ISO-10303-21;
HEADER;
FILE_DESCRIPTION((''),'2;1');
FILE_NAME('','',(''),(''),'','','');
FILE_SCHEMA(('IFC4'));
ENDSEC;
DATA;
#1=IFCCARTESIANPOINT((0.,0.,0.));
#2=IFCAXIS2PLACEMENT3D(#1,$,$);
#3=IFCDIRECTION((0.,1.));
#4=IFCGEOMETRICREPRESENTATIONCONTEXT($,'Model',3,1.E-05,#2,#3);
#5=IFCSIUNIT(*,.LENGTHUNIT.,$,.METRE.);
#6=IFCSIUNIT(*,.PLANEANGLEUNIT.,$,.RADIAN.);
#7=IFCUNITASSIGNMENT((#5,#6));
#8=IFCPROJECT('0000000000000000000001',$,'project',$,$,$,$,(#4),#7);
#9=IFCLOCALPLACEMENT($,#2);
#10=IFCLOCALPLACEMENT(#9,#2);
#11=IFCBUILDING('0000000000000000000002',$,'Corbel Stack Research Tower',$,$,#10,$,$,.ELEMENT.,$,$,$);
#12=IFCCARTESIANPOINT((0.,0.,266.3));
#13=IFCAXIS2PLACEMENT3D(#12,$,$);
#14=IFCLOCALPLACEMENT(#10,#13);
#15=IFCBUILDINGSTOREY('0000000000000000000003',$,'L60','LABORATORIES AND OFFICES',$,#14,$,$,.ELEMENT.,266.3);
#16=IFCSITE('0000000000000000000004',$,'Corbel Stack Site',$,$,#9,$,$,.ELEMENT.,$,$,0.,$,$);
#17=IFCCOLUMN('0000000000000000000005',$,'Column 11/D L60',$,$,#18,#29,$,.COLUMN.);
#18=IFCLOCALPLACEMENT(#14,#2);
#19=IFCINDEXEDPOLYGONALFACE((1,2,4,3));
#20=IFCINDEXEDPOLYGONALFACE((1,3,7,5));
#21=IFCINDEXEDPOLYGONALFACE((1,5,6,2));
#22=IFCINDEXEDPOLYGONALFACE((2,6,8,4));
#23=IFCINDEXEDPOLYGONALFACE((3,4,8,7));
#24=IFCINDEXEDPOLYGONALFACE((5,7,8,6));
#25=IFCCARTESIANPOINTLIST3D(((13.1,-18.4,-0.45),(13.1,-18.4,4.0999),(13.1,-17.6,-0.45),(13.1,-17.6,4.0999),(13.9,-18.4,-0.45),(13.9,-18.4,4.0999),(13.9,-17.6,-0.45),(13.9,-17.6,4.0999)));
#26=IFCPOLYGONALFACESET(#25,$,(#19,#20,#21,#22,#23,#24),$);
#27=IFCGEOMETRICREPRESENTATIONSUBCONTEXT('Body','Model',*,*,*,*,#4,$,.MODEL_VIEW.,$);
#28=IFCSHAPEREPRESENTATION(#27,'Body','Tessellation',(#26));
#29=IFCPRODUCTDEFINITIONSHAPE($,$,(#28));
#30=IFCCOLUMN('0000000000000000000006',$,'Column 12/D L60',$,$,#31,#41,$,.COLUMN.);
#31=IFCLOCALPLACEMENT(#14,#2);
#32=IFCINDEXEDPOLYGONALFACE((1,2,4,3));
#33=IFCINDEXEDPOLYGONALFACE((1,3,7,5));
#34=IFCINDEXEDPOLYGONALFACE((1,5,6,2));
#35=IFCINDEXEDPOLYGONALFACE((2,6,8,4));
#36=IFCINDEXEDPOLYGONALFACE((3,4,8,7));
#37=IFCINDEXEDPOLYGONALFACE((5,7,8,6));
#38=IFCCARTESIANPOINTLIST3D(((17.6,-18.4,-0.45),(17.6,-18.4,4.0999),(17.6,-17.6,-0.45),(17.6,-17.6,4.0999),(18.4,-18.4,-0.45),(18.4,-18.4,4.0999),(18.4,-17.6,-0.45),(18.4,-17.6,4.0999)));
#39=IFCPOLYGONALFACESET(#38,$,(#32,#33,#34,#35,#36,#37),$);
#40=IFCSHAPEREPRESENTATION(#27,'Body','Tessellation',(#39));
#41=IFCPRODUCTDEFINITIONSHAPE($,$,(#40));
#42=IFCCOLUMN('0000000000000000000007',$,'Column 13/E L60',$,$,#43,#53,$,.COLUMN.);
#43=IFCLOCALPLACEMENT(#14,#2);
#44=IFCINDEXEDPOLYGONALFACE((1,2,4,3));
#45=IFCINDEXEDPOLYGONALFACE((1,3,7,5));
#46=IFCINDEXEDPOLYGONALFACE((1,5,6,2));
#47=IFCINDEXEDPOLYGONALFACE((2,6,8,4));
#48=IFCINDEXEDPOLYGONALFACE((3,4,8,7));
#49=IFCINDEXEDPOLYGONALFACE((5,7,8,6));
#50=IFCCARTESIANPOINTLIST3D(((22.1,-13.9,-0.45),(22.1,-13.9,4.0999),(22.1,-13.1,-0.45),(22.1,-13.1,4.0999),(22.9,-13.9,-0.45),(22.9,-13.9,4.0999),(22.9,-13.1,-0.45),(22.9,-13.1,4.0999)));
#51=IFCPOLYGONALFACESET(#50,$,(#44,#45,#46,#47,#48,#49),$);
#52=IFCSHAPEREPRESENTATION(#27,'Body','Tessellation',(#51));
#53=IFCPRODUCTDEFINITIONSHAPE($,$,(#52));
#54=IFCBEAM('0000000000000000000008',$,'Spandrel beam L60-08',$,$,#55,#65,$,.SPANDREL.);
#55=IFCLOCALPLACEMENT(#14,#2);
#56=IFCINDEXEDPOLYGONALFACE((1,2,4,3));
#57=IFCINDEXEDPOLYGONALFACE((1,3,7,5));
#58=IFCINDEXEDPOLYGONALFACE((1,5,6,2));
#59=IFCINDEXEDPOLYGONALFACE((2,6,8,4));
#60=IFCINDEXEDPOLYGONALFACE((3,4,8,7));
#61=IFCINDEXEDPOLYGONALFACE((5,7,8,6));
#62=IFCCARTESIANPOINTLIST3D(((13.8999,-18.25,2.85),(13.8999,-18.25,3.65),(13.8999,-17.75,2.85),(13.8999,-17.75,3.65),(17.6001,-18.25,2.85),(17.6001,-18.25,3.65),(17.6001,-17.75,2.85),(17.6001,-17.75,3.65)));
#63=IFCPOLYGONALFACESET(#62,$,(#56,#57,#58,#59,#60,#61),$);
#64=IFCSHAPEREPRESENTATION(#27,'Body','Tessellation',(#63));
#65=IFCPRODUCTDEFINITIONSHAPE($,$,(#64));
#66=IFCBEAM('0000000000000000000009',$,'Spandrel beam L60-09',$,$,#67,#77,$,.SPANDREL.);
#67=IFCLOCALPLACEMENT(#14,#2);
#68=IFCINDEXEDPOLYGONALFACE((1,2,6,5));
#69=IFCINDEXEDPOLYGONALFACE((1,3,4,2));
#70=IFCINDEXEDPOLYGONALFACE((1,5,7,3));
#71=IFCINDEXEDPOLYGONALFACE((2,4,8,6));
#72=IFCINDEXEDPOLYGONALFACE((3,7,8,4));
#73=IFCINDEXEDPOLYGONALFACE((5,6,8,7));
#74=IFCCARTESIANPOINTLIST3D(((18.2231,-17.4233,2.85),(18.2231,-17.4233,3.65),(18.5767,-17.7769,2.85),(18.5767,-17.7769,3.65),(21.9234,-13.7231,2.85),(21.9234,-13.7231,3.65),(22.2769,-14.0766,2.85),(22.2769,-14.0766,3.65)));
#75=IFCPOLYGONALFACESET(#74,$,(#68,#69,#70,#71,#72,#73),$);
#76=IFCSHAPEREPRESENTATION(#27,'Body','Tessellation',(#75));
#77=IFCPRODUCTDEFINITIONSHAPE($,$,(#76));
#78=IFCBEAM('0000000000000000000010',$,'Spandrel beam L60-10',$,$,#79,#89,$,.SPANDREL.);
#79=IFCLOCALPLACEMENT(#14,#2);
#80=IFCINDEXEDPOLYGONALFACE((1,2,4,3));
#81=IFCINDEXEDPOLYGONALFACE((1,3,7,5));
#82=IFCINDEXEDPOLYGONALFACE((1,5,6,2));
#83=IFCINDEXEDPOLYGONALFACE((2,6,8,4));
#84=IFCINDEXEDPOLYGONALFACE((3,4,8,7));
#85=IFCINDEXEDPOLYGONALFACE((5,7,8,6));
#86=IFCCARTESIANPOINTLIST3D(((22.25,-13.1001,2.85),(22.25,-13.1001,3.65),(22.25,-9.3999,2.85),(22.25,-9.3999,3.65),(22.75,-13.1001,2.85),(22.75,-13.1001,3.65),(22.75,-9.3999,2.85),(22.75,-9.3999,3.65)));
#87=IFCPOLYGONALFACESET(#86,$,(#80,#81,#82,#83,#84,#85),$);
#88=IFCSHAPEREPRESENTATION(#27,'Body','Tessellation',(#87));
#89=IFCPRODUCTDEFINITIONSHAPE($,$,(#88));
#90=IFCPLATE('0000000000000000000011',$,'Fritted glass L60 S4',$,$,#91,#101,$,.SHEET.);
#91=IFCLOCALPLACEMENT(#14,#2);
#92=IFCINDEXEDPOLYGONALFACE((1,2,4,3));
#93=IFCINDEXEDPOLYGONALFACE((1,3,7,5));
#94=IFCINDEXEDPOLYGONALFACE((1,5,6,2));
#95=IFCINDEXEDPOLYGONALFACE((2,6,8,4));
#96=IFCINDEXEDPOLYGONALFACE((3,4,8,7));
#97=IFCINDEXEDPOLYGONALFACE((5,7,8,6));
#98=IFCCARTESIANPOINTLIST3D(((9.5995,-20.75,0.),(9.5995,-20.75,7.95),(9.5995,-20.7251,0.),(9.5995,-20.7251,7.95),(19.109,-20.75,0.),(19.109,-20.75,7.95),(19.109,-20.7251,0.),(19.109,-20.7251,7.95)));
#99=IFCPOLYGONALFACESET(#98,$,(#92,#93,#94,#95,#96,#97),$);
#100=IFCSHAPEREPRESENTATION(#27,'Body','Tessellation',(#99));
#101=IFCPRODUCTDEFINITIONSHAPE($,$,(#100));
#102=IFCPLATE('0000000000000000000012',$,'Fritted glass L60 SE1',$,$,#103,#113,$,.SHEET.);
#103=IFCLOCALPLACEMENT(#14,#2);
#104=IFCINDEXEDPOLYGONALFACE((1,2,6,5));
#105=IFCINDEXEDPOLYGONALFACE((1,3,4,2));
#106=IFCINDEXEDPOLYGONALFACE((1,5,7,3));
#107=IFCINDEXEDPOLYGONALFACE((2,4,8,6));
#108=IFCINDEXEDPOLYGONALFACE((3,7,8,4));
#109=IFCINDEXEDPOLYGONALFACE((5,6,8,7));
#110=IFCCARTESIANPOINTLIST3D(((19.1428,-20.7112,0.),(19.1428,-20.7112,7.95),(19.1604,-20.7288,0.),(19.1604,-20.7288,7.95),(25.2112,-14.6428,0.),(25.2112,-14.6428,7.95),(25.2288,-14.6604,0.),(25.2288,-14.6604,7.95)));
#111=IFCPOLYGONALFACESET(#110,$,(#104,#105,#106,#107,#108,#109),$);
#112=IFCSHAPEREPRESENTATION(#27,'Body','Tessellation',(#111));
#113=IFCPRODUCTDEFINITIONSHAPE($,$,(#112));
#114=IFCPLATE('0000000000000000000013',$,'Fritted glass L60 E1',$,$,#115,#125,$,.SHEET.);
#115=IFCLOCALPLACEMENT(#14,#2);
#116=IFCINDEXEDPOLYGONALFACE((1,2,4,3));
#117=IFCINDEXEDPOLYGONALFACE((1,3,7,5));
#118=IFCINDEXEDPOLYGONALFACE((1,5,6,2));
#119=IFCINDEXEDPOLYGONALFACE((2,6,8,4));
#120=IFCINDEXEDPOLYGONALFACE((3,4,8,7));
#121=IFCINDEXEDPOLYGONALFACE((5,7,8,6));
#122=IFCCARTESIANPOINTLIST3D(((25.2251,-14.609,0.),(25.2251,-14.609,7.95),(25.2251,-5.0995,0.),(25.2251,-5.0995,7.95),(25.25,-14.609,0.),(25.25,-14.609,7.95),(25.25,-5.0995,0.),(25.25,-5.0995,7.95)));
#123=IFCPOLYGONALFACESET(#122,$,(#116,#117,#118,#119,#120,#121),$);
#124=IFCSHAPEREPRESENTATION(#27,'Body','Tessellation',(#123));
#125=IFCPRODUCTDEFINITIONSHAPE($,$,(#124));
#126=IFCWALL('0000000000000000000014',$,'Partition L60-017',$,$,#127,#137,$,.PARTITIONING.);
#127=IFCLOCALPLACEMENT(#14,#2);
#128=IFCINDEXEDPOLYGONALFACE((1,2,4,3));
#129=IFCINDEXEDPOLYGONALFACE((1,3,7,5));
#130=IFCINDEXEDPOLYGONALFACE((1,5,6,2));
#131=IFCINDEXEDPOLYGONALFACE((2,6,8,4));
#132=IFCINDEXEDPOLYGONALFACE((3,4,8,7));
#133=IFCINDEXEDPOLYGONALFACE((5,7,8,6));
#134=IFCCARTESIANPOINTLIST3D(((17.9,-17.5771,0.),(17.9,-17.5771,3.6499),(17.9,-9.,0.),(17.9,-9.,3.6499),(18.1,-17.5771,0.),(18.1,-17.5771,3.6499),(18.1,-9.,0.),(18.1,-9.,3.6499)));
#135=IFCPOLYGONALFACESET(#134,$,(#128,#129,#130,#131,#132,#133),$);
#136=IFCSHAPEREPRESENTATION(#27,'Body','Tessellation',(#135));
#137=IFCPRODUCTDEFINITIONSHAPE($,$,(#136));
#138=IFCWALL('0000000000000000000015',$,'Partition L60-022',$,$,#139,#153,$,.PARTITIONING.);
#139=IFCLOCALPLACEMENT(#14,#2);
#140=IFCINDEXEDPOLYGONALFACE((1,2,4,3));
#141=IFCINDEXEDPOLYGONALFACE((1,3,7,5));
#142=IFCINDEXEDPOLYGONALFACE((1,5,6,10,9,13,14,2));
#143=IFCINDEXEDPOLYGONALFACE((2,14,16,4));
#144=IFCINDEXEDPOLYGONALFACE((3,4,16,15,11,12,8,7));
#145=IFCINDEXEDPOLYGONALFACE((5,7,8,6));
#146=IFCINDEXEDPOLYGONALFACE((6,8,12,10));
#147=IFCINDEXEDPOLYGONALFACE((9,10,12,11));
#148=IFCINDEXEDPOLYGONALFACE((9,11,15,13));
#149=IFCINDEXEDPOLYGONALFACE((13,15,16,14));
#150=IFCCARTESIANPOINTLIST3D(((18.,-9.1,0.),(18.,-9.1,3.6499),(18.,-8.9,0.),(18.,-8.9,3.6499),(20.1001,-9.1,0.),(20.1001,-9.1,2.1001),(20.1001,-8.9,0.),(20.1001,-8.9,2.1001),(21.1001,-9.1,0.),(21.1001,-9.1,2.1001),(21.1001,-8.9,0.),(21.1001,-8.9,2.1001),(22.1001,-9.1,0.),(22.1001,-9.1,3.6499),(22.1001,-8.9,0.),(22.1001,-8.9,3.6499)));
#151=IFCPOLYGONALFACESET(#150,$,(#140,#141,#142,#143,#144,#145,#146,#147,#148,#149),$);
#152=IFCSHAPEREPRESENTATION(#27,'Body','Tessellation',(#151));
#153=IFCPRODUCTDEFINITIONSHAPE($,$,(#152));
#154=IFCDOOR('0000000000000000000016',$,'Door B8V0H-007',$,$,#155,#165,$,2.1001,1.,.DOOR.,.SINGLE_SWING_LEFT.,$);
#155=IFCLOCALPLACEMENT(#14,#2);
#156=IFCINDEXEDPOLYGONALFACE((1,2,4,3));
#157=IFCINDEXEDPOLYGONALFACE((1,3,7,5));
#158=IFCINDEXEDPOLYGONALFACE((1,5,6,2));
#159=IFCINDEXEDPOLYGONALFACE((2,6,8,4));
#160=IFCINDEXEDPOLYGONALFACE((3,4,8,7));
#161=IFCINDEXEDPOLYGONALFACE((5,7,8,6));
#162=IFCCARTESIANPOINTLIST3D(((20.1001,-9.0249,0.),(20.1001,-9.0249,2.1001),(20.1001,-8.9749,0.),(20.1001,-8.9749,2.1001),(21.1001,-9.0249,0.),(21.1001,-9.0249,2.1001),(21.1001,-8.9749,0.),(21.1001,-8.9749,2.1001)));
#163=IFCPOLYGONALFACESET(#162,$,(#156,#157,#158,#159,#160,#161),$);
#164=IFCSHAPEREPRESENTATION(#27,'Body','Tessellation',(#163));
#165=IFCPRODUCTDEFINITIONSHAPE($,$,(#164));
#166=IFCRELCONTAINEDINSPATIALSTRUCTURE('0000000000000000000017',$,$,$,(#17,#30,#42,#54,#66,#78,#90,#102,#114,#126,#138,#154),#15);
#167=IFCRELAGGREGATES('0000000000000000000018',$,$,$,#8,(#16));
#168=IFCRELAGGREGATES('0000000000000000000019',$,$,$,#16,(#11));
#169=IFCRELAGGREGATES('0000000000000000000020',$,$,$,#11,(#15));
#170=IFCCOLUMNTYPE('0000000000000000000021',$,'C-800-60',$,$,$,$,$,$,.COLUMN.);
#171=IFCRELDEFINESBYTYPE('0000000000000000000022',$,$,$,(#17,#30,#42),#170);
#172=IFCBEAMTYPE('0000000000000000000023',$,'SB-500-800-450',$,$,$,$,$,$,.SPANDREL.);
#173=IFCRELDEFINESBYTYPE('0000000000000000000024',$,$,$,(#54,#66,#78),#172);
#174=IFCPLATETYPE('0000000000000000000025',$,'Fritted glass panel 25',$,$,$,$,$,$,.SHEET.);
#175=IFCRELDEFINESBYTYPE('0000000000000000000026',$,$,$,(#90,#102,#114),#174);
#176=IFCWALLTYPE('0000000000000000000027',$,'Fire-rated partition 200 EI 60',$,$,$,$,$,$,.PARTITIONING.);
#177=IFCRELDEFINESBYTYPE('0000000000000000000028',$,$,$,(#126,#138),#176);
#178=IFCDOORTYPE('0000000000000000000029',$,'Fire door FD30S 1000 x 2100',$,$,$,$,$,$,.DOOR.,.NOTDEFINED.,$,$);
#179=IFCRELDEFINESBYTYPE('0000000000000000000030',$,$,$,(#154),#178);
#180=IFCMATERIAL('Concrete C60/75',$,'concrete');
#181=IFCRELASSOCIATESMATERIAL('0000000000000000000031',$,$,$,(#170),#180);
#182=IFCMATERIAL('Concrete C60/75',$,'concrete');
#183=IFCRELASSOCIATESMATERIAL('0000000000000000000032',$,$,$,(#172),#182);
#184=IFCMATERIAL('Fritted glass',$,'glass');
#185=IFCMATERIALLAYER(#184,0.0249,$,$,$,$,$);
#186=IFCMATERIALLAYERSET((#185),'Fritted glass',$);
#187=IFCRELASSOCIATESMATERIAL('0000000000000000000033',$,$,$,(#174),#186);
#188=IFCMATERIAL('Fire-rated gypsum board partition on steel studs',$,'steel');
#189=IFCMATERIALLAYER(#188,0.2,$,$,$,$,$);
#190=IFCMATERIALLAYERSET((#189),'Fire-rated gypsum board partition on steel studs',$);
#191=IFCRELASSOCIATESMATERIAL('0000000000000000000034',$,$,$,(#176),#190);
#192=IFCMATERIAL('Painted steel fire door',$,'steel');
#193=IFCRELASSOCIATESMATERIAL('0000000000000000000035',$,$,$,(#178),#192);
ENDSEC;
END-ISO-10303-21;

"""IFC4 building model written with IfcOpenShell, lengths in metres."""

from ifc_helpers import new_model, si_unit, direction, frame, frame_2d, origin, origin_2d, place, context, subcontext, project, spatial, rectangle, extrude, material, layer, layer_set, material_profile, profile_set, type_object, element, fill, save


model = new_model("IFC4")

# Units and contexts
model_context = context("Model", 3, precision=1e-05, world=origin(), true_north=direction((0.0, 1.0)))
body_context = subcontext(model_context, "Body", "Model", "MODEL_VIEW")
ifc_project = project(units=[si_unit("LENGTHUNIT", "METRE"), si_unit("PLANEANGLEUNIT", "RADIAN")], contexts=[model_context])

# Site, building, storey
site_placement = place(None, origin())
site = spatial("IfcSite", under=ifc_project, at=site_placement, Name="Corbel Stack Site", CompositionType="ELEMENT", RefElevation=0.0)
building_placement = place(site_placement, origin())
building = spatial("IfcBuilding", under=site, at=building_placement, Name="Corbel Stack Research Tower", CompositionType="ELEMENT")
storey_placement = place(building_placement, frame((0.0, 0.0, 266.3)))
storey = spatial("IfcBuildingStorey", under=building, at=storey_placement, Name="L60", Description="LABORATORIES AND OFFICES", CompositionType="ELEMENT", Elevation=266.3)

# Columns
ifc_material_1 = material(Name="Concrete C60/75", Category="concrete")
ifc_material_profile_1 = material_profile(ifc_material_1, rectangle(XDim=0.8, YDim=0.8, at=origin_2d()), Name="RC 800 x 800")
ifc_profile_set_1 = profile_set([ifc_material_profile_1], Name="Concrete C60/75")
column_type = type_object("IfcColumnType", Name="C-800-60", PredefinedType="COLUMN", material=ifc_profile_set_1)
for number, where, z_axis, x_axis, name in (
    (1, (13.5, -18.0, -0.45), (0.0, 0.0, 1.0), (1.0, 0.0, 0.0), "Column 11/D L60"),
    (2, (18.0, -18.0, -0.45), (0.0, 0.0, 1.0), (1.0, 0.0, 0.0), "Column 12/D L60"),
    (3, (22.5, -13.5, -0.45), (0.0, 0.0, 1.0), (1.0, 0.0, 0.0), "Column 13/E L60"),
):
    element("IfcColumn", number, at=place(storey_placement, frame(where, z_axis=z_axis, x_axis=x_axis)), inside=storey, type_object=column_type, Name=name, PredefinedType="COLUMN", context=body_context, shape_type="SweptSolid", body=[
        extrude(rectangle(XDim=0.8, YDim=0.8, at=origin_2d()), origin(), (0.0, 0.0, 1.0), 4.5498),
    ])

# Beams
ifc_material_2 = material(Name="Concrete C60/75", Category="concrete")
ifc_material_profile_2 = material_profile(ifc_material_2, rectangle(XDim=0.5, YDim=0.8, at=origin_2d()), Name="RC 500 x 800")
ifc_profile_set_2 = profile_set([ifc_material_profile_2], Name="Concrete C60/75")
beam_type = type_object("IfcBeamType", Name="SB-500-800-450", PredefinedType="SPANDREL", material=ifc_profile_set_2)
beam_1_placement = place(storey_placement, frame((13.8999, -18.0, 3.25), z_axis=(1.0, 0.0, 0.0), x_axis=(0.0, 1.0, 0.0)))
element("IfcBeam", 4, at=beam_1_placement, inside=storey, type_object=beam_type, Name="Spandrel beam L60-08", PredefinedType="SPANDREL", context=body_context, shape_type="SweptSolid", body=[
    extrude(rectangle(XDim=0.5, YDim=0.8, at=origin_2d()), origin(), (0.0, 0.0, 1.0), 3.7002),
])
beam_2_placement = place(storey_placement, frame((18.3999, -17.6001, 3.25), z_axis=(0.707107, 0.707107, 0.0), x_axis=(-0.707107, 0.707107, 0.0)))
element("IfcBeam", 5, at=beam_2_placement, inside=storey, type_object=beam_type, Name="Spandrel beam L60-09", PredefinedType="SPANDREL", context=body_context, shape_type="SweptSolid", body=[
    extrude(rectangle(XDim=0.5, YDim=0.8, at=origin_2d()), origin(), (0.0, 0.0, 1.0), 5.2329),
])
beam_3_placement = place(storey_placement, frame((22.5, -13.1001, 3.25), z_axis=(0.0, 1.0, 0.0), x_axis=(-1.0, 0.0, 0.0)))
element("IfcBeam", 6, at=beam_3_placement, inside=storey, type_object=beam_type, Name="Spandrel beam L60-10", PredefinedType="SPANDREL", context=body_context, shape_type="SweptSolid", body=[
    extrude(rectangle(XDim=0.5, YDim=0.8, at=origin_2d()), origin(), (0.0, 0.0, 1.0), 3.7002),
])

# Plates
ifc_material_3 = material(Name="Fritted glass", Category="glass")
ifc_layer_1 = layer(ifc_material_3, 0.0249)
ifc_layer_set_1 = layer_set([ifc_layer_1], Name="Fritted glass")
plate_type = type_object("IfcPlateType", Name="Fritted glass panel 25", PredefinedType="SHEET", material=ifc_layer_set_1)
plate_1_placement = place(storey_placement, frame((14.3542, -20.7375, 0.0), z_axis=(0.0, 0.0, 1.0), x_axis=(1.0, 0.0, 0.0)))
element("IfcPlate", 7, at=plate_1_placement, inside=storey, type_object=plate_type, Name="Fritted glass L60 S4", PredefinedType="SHEET", context=body_context, shape_type="SweptSolid", body=[
    extrude(rectangle(XDim=9.5095, YDim=0.0249, at=origin_2d()), origin(), (0.0, 0.0, 1.0), 7.95),
])
plate_2_placement = place(storey_placement, frame((22.1858, -17.6858, 0.0), z_axis=(0.0, 0.0, 1.0), x_axis=(0.707107, 0.707107, 0.0)))
element("IfcPlate", 8, at=plate_2_placement, inside=storey, type_object=plate_type, Name="Fritted glass L60 SE1", PredefinedType="SHEET", context=body_context, shape_type="SweptSolid", body=[
    extrude(rectangle(XDim=8.582, YDim=0.0249, at=origin_2d()), origin(), (0.0, 0.0, 1.0), 7.95),
])
plate_3_placement = place(storey_placement, frame((25.2375, -9.8542, 0.0), z_axis=(0.0, 0.0, 1.0), x_axis=(0.0, 1.0, 0.0)))
element("IfcPlate", 9, at=plate_3_placement, inside=storey, type_object=plate_type, Name="Fritted glass L60 E1", PredefinedType="SHEET", context=body_context, shape_type="SweptSolid", body=[
    extrude(rectangle(XDim=9.5095, YDim=0.0249, at=origin_2d()), origin(), (0.0, 0.0, 1.0), 7.95),
])

# Wall
ifc_material_4 = material(Name="Fire-rated gypsum board partition on steel studs", Category="steel")
ifc_layer_2 = layer(ifc_material_4, 0.2)
ifc_layer_set_2 = layer_set([ifc_layer_2], Name="Fire-rated gypsum board partition on steel studs")
wall_type_1 = type_object("IfcWallType", Name="Fire-rated partition 200 EI 60", PredefinedType="PARTITIONING", material=ifc_layer_set_2)
wall_1_placement = place(storey_placement, frame((18.0, -17.5771, 0.0), z_axis=(0.0, 0.0, 1.0), x_axis=(0.0, 1.0, 0.0)))
element("IfcWall", 10, at=wall_1_placement, inside=storey, type_object=wall_type_1, Name="Partition L60-017", PredefinedType="PARTITIONING", context=body_context, shape_type="SweptSolid", body=[
    extrude(rectangle(XDim=8.5771, YDim=0.2, at=frame_2d((4.2886, 0.0))), origin(), (0.0, 0.0, 1.0), 3.6499),
])

# Wall, opening, door
wall_2_placement = place(storey_placement, frame((22.1001, -9.0, 0.0), z_axis=(0.0, 0.0, 1.0), x_axis=(-1.0, 0.0, 0.0)))
wall_2 = element("IfcWall", 11, at=wall_2_placement, inside=storey, type_object=wall_type_1, Name="Partition L60-022", PredefinedType="PARTITIONING", context=body_context, shape_type="SweptSolid", body=[
    extrude(rectangle(XDim=4.1001, YDim=0.2, at=frame_2d((2.05, 0.0))), origin(), (0.0, 0.0, 1.0), 3.6499),
])
opening_1_placement = place(wall_2_placement, frame((1.0, 0.0, 0.0)))
opening_1 = element("IfcOpeningElement", 12, at=opening_1_placement, cuts=wall_2, PredefinedType="OPENING", context=body_context, shape_type="SweptSolid", body=[
    extrude(rectangle(XDim=1.0, YDim=2.1001, at=frame_2d((0.5, 1.05))), frame((0.0, 0.1099, 0.0), z_axis=(0.0, -1.0, 0.0), x_axis=(1.0, 0.0, 0.0)), (0.0, 0.0, 1.0), 0.22),
])
ifc_material_5 = material(Name="Painted steel fire door", Category="steel")
door_type_1 = type_object("IfcDoorType", Name="Fire door FD30S 1000 x 2100", OperationType="NOTDEFINED", PredefinedType="DOOR", material=ifc_material_5)
door_1_placement = place(opening_1_placement, origin())
door_1 = element("IfcDoor", 13, at=door_1_placement, inside=storey, type_object=door_type_1, Name="Door B8V0H-007", OperationType="SINGLE_SWING_LEFT", OverallHeight=2.1001, OverallWidth=1.0, PredefinedType="DOOR", context=body_context, shape_type="SweptSolid", body=[
    extrude(rectangle(XDim=1.0, YDim=2.1001, at=frame_2d((0.5, 1.05))), frame((0.0, 0.0249, 0.0), z_axis=(0.0, -1.0, 0.0), x_axis=(1.0, 0.0, 0.0)), (0.0, 0.0, 1.0), 0.05),
])
fill(opening_1, door_1)

save(model, "model.ifc")
